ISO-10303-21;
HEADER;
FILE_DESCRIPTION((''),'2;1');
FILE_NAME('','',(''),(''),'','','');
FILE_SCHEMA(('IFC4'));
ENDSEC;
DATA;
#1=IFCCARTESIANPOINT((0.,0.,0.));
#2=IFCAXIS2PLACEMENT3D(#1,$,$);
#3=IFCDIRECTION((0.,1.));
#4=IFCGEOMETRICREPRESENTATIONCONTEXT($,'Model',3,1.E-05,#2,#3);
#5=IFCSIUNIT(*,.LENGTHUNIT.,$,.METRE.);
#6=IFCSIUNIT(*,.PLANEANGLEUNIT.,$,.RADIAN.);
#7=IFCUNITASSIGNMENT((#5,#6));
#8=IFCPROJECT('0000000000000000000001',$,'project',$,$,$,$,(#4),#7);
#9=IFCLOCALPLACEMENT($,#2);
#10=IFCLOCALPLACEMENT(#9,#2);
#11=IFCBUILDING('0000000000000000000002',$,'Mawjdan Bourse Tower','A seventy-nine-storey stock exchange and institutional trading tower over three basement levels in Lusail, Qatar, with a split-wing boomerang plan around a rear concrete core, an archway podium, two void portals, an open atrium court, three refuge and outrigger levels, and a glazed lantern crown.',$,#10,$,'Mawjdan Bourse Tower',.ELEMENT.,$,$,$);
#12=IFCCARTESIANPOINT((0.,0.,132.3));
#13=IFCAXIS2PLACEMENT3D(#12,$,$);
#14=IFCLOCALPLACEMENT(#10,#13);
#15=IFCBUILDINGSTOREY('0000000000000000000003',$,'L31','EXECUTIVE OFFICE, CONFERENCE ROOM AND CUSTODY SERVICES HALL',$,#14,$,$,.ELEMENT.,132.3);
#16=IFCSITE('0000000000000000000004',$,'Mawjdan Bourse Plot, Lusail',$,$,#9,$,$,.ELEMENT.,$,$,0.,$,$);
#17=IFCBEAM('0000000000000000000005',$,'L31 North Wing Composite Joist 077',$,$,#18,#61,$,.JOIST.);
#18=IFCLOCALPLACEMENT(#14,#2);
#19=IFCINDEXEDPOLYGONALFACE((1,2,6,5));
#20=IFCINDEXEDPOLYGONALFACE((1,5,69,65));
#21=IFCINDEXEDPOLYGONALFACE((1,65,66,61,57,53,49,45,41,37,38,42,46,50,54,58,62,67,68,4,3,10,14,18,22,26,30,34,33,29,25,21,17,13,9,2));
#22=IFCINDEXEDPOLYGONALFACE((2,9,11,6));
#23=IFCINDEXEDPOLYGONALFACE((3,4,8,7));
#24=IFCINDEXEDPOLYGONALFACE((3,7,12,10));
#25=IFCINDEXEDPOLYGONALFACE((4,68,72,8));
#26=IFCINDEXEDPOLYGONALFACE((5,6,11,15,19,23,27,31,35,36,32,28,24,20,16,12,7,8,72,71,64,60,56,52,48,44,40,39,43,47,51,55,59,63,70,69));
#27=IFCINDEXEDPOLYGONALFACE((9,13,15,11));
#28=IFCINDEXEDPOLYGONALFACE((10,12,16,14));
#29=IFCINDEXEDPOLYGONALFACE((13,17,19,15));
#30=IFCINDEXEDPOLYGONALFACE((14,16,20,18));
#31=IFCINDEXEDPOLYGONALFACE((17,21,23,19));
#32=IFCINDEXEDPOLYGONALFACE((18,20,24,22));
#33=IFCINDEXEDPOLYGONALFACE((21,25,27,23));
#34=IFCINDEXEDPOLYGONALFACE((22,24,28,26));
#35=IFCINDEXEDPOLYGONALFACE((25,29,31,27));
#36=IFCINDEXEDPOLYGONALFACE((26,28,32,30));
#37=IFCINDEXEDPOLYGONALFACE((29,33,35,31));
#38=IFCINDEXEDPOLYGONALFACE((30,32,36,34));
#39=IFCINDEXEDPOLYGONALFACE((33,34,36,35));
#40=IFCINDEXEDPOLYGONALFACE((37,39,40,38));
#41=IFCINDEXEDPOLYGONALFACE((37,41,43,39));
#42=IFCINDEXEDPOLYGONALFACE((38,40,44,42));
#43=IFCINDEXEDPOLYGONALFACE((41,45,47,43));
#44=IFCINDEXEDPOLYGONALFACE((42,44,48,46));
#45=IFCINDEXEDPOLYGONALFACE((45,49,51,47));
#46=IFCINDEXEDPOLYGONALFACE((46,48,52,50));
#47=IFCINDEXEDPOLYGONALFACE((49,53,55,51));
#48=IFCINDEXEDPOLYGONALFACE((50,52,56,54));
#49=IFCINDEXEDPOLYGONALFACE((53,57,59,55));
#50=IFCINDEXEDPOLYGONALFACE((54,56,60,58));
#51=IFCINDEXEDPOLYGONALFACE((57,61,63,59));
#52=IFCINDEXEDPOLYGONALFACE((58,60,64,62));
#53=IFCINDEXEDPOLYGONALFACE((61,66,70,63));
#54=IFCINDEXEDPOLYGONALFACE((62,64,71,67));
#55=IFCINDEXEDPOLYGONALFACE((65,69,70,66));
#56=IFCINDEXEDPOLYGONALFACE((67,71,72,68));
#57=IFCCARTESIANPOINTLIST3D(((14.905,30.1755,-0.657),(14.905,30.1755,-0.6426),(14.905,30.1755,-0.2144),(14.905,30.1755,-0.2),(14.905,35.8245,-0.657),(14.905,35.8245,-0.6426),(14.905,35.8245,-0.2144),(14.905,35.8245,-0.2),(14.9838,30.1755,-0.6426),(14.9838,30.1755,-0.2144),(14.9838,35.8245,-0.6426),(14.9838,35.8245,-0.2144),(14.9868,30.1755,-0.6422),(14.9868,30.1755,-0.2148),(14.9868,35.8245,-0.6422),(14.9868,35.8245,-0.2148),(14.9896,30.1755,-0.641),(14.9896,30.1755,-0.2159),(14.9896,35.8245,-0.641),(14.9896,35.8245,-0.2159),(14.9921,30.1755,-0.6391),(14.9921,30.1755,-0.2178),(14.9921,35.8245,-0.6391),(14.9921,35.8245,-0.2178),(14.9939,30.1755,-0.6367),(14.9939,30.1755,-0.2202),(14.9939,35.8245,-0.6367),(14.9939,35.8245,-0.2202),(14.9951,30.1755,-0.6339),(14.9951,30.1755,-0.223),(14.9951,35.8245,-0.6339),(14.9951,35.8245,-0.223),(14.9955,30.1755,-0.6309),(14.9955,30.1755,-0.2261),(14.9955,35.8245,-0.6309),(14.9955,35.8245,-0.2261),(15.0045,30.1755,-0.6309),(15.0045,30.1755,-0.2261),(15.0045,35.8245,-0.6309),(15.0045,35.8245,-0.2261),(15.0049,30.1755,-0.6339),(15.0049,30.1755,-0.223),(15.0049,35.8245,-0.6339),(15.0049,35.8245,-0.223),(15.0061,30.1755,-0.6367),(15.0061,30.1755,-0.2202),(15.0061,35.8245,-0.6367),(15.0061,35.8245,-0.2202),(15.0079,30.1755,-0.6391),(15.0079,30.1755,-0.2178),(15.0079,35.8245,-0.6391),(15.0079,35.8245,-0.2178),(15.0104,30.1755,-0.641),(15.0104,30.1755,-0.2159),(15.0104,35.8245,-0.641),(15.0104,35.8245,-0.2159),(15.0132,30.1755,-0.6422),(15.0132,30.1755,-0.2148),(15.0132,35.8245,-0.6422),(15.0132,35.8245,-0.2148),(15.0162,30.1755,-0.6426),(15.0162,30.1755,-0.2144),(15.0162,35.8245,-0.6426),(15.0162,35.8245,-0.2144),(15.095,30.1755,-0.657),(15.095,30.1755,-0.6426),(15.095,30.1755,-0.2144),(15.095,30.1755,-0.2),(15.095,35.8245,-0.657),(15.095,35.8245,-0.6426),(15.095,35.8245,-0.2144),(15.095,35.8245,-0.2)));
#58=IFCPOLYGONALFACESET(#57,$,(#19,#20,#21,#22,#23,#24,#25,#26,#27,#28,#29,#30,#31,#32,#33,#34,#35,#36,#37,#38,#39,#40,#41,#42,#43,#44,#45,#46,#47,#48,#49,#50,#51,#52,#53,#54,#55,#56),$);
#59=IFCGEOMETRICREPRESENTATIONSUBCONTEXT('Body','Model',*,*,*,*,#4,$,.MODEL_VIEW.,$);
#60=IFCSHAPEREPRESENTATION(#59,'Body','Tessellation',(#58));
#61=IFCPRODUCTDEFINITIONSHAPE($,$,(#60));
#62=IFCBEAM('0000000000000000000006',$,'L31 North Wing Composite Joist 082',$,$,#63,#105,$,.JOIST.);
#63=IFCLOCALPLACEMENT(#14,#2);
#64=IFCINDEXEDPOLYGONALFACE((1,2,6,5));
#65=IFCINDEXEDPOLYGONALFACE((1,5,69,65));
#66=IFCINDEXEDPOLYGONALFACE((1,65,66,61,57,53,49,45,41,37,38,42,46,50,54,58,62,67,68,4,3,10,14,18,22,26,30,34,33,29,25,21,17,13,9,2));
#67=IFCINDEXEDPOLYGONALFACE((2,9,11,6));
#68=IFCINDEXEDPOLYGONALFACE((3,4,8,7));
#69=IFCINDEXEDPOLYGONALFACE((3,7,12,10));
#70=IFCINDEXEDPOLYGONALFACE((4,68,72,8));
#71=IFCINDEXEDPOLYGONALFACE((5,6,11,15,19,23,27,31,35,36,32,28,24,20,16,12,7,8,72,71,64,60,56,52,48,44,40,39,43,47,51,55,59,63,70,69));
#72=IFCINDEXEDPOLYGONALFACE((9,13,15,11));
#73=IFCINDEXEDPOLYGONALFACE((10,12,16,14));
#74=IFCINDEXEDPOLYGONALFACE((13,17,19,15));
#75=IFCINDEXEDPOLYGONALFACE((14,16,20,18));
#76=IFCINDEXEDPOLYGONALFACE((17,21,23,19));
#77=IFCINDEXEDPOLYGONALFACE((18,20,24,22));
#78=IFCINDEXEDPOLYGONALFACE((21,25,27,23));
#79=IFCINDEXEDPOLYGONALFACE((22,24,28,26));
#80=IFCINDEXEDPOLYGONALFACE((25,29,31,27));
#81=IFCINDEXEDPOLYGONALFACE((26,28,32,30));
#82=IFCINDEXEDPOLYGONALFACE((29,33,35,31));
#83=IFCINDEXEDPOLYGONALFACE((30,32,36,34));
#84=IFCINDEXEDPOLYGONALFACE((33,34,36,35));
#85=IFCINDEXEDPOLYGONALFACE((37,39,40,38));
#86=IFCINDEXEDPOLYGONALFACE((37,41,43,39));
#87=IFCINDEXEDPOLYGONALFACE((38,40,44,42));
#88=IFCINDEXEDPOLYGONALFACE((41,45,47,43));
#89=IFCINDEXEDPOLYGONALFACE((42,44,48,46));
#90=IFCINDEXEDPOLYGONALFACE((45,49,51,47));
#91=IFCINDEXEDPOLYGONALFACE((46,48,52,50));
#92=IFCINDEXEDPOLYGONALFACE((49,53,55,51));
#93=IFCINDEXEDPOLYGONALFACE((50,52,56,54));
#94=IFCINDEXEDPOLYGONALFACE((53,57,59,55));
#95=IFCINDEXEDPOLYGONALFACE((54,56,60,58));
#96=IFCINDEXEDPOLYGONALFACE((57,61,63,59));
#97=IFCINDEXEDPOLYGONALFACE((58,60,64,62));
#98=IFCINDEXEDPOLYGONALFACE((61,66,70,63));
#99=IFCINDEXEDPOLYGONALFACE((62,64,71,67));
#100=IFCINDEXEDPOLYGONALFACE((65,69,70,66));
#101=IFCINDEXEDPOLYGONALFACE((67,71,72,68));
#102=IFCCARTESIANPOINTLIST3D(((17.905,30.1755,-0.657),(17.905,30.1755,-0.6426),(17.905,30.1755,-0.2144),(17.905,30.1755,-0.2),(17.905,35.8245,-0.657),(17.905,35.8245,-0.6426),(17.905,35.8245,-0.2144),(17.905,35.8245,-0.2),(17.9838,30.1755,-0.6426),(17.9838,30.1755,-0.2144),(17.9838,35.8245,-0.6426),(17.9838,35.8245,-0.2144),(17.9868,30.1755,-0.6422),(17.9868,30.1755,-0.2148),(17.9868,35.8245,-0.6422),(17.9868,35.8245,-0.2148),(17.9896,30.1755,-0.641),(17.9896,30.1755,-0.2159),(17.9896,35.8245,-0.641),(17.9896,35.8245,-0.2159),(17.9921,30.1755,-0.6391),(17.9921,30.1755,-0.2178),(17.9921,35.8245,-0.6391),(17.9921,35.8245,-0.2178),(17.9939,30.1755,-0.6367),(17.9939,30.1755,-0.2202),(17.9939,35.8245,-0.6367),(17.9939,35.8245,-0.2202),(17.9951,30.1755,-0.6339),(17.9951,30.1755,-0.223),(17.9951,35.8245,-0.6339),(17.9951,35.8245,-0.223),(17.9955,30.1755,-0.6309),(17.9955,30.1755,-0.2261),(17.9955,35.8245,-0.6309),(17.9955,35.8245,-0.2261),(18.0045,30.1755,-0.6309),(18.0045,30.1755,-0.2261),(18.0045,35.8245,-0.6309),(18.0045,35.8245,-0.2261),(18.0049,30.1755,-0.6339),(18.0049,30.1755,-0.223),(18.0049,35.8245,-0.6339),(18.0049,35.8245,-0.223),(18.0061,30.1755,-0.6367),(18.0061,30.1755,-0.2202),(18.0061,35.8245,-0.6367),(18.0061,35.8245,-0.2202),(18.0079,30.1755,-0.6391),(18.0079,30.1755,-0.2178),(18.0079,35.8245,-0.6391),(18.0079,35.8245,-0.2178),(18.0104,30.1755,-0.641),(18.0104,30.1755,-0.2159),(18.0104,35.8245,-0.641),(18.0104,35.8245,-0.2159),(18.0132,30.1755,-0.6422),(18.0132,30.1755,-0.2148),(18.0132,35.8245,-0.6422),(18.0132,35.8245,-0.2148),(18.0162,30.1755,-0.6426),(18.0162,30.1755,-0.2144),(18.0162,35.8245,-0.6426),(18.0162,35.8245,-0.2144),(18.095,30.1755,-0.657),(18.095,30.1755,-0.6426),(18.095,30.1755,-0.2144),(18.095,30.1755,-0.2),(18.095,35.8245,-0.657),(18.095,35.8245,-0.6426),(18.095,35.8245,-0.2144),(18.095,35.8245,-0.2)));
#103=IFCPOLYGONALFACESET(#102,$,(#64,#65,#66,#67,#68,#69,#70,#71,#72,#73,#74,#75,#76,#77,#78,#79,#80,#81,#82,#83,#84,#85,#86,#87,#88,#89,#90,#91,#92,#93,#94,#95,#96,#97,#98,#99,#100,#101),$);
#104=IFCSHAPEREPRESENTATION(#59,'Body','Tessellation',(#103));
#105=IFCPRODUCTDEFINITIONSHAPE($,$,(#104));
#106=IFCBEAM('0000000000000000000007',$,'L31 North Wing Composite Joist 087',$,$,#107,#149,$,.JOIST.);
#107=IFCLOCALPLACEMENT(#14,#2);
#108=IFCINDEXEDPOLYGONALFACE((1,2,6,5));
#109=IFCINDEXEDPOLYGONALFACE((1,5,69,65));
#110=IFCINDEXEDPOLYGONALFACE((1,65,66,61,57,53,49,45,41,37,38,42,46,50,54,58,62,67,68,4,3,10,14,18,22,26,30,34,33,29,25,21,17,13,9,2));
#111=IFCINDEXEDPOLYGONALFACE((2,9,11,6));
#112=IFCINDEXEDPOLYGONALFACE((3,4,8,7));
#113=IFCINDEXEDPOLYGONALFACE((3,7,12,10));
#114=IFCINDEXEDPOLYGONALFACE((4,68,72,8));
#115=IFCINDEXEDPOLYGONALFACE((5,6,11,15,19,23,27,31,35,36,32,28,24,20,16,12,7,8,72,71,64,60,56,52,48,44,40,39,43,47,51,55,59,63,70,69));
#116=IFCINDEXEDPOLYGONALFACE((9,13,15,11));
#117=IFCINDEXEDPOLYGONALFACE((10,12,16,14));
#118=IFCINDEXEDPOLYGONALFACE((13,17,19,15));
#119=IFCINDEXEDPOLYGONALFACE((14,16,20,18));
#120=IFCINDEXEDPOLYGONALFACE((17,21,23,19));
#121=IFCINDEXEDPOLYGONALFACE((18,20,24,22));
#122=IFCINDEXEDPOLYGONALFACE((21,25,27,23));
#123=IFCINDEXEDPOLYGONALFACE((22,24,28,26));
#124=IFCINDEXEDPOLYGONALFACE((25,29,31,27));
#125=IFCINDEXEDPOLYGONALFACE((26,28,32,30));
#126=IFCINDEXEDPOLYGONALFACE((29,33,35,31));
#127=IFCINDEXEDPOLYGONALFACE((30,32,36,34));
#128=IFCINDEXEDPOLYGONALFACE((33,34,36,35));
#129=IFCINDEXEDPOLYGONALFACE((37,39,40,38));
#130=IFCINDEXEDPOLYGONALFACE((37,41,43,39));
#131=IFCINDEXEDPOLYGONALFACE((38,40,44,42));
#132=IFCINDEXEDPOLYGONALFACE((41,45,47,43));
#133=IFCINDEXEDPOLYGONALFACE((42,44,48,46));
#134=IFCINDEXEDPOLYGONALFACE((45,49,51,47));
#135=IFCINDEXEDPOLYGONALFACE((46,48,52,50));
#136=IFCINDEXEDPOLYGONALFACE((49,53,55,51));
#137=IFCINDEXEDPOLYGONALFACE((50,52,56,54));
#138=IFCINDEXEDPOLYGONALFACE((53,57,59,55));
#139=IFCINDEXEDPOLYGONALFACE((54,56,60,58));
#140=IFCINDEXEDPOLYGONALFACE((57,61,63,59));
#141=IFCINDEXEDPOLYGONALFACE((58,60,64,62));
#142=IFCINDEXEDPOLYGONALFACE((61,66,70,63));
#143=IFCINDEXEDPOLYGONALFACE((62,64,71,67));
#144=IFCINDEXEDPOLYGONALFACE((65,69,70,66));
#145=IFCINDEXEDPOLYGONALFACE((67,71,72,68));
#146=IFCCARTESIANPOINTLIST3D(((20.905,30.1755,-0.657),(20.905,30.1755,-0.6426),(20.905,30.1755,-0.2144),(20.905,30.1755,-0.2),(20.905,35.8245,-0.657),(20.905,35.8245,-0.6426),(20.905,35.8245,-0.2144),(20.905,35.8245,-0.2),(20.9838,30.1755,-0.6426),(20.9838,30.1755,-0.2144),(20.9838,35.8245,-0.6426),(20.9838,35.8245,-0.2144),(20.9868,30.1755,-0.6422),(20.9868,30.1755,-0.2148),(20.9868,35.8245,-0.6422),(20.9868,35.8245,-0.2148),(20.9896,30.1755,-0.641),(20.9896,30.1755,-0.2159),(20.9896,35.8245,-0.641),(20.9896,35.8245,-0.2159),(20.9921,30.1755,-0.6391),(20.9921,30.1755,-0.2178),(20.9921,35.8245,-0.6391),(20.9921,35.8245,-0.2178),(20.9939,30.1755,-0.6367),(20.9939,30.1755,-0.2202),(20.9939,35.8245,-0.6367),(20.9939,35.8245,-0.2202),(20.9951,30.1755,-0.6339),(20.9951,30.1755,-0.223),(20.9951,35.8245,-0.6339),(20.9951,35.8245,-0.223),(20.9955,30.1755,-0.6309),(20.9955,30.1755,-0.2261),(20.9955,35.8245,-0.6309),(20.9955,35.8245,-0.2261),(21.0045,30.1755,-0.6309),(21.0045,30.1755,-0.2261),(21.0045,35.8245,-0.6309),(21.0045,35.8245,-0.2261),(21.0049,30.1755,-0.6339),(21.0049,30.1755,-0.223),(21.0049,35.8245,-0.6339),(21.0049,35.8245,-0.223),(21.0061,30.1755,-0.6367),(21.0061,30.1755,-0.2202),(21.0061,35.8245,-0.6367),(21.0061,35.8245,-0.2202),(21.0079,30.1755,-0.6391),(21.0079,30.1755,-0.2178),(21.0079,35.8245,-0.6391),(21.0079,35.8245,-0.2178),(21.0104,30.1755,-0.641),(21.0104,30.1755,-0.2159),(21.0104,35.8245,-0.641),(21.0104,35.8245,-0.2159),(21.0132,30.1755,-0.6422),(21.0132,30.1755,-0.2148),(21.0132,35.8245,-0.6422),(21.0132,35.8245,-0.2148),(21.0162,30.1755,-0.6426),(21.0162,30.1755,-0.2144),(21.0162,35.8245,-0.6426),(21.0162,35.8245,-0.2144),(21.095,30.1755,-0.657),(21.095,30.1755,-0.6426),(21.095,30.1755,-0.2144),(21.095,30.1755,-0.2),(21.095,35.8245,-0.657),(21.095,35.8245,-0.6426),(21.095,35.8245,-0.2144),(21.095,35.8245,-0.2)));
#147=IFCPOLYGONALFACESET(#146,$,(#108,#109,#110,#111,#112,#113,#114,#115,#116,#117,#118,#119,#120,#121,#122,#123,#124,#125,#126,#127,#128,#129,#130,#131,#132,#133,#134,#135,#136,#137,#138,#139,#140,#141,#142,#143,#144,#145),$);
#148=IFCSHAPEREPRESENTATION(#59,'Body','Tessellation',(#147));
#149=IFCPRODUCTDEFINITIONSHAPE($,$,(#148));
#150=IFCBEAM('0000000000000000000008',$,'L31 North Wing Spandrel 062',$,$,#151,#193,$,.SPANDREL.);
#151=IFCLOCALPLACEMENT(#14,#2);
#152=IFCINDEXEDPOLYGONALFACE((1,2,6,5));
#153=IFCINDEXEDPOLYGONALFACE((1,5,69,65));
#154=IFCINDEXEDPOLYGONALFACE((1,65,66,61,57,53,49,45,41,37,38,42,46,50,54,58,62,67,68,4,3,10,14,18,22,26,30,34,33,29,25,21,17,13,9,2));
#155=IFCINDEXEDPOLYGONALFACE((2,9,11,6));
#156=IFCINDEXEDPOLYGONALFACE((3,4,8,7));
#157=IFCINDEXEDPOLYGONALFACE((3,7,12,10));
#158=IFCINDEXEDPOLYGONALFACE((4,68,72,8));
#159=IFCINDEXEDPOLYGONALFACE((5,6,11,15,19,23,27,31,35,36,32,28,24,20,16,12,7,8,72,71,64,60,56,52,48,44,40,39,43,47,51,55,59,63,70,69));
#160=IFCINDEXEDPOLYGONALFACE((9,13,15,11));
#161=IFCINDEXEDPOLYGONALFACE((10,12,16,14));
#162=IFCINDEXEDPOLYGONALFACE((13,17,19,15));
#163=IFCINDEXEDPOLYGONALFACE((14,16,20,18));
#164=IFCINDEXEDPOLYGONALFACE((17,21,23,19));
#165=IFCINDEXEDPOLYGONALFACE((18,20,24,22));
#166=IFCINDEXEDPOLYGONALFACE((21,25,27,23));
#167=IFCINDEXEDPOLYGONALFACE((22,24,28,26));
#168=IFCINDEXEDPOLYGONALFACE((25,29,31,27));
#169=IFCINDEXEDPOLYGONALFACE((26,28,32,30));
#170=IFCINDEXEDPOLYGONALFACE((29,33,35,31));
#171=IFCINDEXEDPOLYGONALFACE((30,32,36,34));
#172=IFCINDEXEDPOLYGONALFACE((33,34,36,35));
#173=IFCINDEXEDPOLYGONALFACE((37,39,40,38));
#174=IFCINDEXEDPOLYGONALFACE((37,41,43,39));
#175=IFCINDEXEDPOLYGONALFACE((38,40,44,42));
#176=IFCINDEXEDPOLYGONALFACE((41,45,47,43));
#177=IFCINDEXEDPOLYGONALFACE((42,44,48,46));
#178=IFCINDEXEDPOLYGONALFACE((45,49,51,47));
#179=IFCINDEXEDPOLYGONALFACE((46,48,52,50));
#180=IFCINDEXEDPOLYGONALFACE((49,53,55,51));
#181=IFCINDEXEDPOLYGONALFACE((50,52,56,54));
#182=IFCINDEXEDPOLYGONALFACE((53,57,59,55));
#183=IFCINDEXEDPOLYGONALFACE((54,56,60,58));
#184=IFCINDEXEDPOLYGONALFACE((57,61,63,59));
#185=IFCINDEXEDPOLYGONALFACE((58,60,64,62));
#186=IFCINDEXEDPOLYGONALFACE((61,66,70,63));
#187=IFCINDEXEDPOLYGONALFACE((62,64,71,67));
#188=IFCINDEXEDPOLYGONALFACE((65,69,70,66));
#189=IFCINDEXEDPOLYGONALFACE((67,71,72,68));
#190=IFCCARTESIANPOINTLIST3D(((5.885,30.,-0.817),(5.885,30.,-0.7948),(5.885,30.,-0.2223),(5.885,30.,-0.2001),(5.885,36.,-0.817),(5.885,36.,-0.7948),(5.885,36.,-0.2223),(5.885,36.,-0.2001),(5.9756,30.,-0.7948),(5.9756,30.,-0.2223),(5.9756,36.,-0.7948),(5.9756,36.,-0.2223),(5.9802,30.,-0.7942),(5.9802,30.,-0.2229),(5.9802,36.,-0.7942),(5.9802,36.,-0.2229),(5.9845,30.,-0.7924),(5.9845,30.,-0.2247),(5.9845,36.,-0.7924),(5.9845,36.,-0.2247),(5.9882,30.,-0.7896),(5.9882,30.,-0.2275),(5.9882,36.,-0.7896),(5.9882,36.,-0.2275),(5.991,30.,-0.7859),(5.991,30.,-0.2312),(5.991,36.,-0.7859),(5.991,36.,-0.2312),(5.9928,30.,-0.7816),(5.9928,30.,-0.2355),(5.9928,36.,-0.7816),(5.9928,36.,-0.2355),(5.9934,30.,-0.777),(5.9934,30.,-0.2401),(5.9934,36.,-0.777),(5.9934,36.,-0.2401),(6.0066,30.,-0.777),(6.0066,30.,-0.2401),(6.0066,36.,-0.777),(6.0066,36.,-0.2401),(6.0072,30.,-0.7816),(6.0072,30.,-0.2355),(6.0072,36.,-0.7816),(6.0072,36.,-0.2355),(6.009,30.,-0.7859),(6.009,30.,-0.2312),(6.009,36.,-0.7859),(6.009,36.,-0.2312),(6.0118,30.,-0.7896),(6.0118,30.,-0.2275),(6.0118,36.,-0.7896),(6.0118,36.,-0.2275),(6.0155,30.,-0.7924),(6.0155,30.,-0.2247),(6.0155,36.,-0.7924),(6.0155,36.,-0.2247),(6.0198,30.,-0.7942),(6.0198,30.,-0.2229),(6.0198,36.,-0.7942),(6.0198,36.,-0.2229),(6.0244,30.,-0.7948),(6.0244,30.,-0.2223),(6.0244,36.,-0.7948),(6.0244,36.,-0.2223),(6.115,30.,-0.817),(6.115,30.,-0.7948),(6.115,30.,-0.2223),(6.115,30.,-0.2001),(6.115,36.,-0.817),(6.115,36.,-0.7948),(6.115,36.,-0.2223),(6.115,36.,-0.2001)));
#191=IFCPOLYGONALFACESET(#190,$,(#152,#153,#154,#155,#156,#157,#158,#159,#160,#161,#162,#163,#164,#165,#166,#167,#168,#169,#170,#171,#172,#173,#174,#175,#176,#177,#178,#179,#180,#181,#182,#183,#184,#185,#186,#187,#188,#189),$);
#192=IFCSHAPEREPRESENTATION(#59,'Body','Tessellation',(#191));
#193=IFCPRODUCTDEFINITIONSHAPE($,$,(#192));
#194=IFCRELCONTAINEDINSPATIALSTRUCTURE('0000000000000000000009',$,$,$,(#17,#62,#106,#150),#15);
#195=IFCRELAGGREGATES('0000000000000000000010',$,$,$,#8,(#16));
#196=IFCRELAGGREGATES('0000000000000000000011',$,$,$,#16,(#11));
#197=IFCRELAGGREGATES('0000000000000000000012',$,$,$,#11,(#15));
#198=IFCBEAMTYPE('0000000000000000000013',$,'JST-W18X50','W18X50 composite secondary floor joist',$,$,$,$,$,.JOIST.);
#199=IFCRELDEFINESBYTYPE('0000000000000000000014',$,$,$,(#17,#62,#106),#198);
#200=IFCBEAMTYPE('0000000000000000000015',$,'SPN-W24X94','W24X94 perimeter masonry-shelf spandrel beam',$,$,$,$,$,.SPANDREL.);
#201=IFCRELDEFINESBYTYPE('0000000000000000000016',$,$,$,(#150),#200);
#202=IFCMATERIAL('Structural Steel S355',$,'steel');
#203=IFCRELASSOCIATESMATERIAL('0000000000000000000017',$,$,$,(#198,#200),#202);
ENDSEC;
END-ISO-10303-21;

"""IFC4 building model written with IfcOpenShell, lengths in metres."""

from ifc_helpers import new_model, si_unit, direction, frame, origin, origin_2d, place, context, subcontext, project, spatial, i_section, extrude, material, material_profile, profile_set, type_object, element, save


model = new_model("IFC4")

# Units and contexts
model_context = context("Model", 3, precision=1e-05, world=origin(), true_north=direction((0.0, 1.0)))
body_context = subcontext(model_context, "Body", "Model", "MODEL_VIEW")
ifc_project = project(units=[si_unit("LENGTHUNIT", "METRE"), si_unit("PLANEANGLEUNIT", "RADIAN")], contexts=[model_context])

# Site, building, storey
site_placement = place(None, origin())
site = spatial("IfcSite", under=ifc_project, at=site_placement, Name="Mawjdan Bourse Plot, Lusail", CompositionType="ELEMENT", RefElevation=0.0)
building_placement = place(site_placement, origin())
building = spatial("IfcBuilding", under=site, at=building_placement, Name="Mawjdan Bourse Tower", Description="A seventy-nine-storey stock exchange and institutional trading tower over three basement levels in Lusail, Qatar, with a split-wing boomerang plan around a rear concrete core, an archway podium, two void portals, an open atrium court, three refuge and outrigger levels, and a glazed lantern crown.", LongName="Mawjdan Bourse Tower", CompositionType="ELEMENT")
storey_placement = place(building_placement, frame((0.0, 0.0, 132.3)))
storey = spatial("IfcBuildingStorey", under=building, at=storey_placement, Name="L31", Description="EXECUTIVE OFFICE, CONFERENCE ROOM AND CUSTODY SERVICES HALL", CompositionType="ELEMENT", Elevation=132.3)

# Beams
ifc_material_1 = material(Name="Structural Steel S355", Category="steel")
ifc_material_profile_1 = material_profile(ifc_material_1, i_section(OverallWidth=0.1899, OverallDepth=0.457, WebThickness=0.009, FlangeThickness=0.0144, FilletRadius=0.0117, at=origin_2d()), Name="W18X50")
ifc_profile_set_1 = profile_set([ifc_material_profile_1], Name="Structural Steel S355")
beam_type_1 = type_object("IfcBeamType", Name="JST-W18X50", Description="W18X50 composite secondary floor joist", PredefinedType="JOIST", material=ifc_profile_set_1)
for number, where, z_axis, x_axis, name in (
    (1, (15.0, 30.1755, -0.4285), (0.0, 1.0, 0.0), (-1.0, 0.0, 0.0), "L31 North Wing Composite Joist 077"),
    (2, (18.0, 30.1755, -0.4285), (0.0, 1.0, 0.0), (-1.0, 0.0, 0.0), "L31 North Wing Composite Joist 082"),
    (3, (21.0, 30.1755, -0.4285), (0.0, 1.0, 0.0), (-1.0, 0.0, 0.0), "L31 North Wing Composite Joist 087"),
):
    element("IfcBeam", number, at=place(storey_placement, frame(where, z_axis=z_axis, x_axis=x_axis)), inside=storey, type_object=beam_type_1, Name=name, PredefinedType="JOIST", context=body_context, shape_type="SweptSolid", body=[
        extrude(i_section(OverallWidth=0.1899, OverallDepth=0.457, WebThickness=0.009, FlangeThickness=0.0144, FilletRadius=0.0117, at=origin_2d()), origin(), (0.0, 0.0, 1.0), 5.6489),
    ])
ifc_material_profile_2 = material_profile(ifc_material_1, i_section(OverallWidth=0.23, OverallDepth=0.6169, WebThickness=0.0132, FlangeThickness=0.0222, FilletRadius=0.0178, at=origin_2d()), Name="W24X94")
ifc_profile_set_2 = profile_set([ifc_material_profile_2], Name="Structural Steel S355")
beam_type_2 = type_object("IfcBeamType", Name="SPN-W24X94", Description="W24X94 perimeter masonry-shelf spandrel beam", PredefinedType="SPANDREL", material=ifc_profile_set_2)
beam_1_placement = place(storey_placement, frame((6.0, 30.0, -0.5085), z_axis=(0.0, 1.0, 0.0), x_axis=(-1.0, 0.0, 0.0)))
element("IfcBeam", 4, at=beam_1_placement, inside=storey, type_object=beam_type_2, Name="L31 North Wing Spandrel 062", PredefinedType="SPANDREL", context=body_context, shape_type="SweptSolid", body=[
    extrude(i_section(OverallWidth=0.23, OverallDepth=0.6169, WebThickness=0.0132, FlangeThickness=0.0222, FilletRadius=0.0178, at=origin_2d()), origin(), (0.0, 0.0, 1.0), 6.0),
])

save(model, "model.ifc")
